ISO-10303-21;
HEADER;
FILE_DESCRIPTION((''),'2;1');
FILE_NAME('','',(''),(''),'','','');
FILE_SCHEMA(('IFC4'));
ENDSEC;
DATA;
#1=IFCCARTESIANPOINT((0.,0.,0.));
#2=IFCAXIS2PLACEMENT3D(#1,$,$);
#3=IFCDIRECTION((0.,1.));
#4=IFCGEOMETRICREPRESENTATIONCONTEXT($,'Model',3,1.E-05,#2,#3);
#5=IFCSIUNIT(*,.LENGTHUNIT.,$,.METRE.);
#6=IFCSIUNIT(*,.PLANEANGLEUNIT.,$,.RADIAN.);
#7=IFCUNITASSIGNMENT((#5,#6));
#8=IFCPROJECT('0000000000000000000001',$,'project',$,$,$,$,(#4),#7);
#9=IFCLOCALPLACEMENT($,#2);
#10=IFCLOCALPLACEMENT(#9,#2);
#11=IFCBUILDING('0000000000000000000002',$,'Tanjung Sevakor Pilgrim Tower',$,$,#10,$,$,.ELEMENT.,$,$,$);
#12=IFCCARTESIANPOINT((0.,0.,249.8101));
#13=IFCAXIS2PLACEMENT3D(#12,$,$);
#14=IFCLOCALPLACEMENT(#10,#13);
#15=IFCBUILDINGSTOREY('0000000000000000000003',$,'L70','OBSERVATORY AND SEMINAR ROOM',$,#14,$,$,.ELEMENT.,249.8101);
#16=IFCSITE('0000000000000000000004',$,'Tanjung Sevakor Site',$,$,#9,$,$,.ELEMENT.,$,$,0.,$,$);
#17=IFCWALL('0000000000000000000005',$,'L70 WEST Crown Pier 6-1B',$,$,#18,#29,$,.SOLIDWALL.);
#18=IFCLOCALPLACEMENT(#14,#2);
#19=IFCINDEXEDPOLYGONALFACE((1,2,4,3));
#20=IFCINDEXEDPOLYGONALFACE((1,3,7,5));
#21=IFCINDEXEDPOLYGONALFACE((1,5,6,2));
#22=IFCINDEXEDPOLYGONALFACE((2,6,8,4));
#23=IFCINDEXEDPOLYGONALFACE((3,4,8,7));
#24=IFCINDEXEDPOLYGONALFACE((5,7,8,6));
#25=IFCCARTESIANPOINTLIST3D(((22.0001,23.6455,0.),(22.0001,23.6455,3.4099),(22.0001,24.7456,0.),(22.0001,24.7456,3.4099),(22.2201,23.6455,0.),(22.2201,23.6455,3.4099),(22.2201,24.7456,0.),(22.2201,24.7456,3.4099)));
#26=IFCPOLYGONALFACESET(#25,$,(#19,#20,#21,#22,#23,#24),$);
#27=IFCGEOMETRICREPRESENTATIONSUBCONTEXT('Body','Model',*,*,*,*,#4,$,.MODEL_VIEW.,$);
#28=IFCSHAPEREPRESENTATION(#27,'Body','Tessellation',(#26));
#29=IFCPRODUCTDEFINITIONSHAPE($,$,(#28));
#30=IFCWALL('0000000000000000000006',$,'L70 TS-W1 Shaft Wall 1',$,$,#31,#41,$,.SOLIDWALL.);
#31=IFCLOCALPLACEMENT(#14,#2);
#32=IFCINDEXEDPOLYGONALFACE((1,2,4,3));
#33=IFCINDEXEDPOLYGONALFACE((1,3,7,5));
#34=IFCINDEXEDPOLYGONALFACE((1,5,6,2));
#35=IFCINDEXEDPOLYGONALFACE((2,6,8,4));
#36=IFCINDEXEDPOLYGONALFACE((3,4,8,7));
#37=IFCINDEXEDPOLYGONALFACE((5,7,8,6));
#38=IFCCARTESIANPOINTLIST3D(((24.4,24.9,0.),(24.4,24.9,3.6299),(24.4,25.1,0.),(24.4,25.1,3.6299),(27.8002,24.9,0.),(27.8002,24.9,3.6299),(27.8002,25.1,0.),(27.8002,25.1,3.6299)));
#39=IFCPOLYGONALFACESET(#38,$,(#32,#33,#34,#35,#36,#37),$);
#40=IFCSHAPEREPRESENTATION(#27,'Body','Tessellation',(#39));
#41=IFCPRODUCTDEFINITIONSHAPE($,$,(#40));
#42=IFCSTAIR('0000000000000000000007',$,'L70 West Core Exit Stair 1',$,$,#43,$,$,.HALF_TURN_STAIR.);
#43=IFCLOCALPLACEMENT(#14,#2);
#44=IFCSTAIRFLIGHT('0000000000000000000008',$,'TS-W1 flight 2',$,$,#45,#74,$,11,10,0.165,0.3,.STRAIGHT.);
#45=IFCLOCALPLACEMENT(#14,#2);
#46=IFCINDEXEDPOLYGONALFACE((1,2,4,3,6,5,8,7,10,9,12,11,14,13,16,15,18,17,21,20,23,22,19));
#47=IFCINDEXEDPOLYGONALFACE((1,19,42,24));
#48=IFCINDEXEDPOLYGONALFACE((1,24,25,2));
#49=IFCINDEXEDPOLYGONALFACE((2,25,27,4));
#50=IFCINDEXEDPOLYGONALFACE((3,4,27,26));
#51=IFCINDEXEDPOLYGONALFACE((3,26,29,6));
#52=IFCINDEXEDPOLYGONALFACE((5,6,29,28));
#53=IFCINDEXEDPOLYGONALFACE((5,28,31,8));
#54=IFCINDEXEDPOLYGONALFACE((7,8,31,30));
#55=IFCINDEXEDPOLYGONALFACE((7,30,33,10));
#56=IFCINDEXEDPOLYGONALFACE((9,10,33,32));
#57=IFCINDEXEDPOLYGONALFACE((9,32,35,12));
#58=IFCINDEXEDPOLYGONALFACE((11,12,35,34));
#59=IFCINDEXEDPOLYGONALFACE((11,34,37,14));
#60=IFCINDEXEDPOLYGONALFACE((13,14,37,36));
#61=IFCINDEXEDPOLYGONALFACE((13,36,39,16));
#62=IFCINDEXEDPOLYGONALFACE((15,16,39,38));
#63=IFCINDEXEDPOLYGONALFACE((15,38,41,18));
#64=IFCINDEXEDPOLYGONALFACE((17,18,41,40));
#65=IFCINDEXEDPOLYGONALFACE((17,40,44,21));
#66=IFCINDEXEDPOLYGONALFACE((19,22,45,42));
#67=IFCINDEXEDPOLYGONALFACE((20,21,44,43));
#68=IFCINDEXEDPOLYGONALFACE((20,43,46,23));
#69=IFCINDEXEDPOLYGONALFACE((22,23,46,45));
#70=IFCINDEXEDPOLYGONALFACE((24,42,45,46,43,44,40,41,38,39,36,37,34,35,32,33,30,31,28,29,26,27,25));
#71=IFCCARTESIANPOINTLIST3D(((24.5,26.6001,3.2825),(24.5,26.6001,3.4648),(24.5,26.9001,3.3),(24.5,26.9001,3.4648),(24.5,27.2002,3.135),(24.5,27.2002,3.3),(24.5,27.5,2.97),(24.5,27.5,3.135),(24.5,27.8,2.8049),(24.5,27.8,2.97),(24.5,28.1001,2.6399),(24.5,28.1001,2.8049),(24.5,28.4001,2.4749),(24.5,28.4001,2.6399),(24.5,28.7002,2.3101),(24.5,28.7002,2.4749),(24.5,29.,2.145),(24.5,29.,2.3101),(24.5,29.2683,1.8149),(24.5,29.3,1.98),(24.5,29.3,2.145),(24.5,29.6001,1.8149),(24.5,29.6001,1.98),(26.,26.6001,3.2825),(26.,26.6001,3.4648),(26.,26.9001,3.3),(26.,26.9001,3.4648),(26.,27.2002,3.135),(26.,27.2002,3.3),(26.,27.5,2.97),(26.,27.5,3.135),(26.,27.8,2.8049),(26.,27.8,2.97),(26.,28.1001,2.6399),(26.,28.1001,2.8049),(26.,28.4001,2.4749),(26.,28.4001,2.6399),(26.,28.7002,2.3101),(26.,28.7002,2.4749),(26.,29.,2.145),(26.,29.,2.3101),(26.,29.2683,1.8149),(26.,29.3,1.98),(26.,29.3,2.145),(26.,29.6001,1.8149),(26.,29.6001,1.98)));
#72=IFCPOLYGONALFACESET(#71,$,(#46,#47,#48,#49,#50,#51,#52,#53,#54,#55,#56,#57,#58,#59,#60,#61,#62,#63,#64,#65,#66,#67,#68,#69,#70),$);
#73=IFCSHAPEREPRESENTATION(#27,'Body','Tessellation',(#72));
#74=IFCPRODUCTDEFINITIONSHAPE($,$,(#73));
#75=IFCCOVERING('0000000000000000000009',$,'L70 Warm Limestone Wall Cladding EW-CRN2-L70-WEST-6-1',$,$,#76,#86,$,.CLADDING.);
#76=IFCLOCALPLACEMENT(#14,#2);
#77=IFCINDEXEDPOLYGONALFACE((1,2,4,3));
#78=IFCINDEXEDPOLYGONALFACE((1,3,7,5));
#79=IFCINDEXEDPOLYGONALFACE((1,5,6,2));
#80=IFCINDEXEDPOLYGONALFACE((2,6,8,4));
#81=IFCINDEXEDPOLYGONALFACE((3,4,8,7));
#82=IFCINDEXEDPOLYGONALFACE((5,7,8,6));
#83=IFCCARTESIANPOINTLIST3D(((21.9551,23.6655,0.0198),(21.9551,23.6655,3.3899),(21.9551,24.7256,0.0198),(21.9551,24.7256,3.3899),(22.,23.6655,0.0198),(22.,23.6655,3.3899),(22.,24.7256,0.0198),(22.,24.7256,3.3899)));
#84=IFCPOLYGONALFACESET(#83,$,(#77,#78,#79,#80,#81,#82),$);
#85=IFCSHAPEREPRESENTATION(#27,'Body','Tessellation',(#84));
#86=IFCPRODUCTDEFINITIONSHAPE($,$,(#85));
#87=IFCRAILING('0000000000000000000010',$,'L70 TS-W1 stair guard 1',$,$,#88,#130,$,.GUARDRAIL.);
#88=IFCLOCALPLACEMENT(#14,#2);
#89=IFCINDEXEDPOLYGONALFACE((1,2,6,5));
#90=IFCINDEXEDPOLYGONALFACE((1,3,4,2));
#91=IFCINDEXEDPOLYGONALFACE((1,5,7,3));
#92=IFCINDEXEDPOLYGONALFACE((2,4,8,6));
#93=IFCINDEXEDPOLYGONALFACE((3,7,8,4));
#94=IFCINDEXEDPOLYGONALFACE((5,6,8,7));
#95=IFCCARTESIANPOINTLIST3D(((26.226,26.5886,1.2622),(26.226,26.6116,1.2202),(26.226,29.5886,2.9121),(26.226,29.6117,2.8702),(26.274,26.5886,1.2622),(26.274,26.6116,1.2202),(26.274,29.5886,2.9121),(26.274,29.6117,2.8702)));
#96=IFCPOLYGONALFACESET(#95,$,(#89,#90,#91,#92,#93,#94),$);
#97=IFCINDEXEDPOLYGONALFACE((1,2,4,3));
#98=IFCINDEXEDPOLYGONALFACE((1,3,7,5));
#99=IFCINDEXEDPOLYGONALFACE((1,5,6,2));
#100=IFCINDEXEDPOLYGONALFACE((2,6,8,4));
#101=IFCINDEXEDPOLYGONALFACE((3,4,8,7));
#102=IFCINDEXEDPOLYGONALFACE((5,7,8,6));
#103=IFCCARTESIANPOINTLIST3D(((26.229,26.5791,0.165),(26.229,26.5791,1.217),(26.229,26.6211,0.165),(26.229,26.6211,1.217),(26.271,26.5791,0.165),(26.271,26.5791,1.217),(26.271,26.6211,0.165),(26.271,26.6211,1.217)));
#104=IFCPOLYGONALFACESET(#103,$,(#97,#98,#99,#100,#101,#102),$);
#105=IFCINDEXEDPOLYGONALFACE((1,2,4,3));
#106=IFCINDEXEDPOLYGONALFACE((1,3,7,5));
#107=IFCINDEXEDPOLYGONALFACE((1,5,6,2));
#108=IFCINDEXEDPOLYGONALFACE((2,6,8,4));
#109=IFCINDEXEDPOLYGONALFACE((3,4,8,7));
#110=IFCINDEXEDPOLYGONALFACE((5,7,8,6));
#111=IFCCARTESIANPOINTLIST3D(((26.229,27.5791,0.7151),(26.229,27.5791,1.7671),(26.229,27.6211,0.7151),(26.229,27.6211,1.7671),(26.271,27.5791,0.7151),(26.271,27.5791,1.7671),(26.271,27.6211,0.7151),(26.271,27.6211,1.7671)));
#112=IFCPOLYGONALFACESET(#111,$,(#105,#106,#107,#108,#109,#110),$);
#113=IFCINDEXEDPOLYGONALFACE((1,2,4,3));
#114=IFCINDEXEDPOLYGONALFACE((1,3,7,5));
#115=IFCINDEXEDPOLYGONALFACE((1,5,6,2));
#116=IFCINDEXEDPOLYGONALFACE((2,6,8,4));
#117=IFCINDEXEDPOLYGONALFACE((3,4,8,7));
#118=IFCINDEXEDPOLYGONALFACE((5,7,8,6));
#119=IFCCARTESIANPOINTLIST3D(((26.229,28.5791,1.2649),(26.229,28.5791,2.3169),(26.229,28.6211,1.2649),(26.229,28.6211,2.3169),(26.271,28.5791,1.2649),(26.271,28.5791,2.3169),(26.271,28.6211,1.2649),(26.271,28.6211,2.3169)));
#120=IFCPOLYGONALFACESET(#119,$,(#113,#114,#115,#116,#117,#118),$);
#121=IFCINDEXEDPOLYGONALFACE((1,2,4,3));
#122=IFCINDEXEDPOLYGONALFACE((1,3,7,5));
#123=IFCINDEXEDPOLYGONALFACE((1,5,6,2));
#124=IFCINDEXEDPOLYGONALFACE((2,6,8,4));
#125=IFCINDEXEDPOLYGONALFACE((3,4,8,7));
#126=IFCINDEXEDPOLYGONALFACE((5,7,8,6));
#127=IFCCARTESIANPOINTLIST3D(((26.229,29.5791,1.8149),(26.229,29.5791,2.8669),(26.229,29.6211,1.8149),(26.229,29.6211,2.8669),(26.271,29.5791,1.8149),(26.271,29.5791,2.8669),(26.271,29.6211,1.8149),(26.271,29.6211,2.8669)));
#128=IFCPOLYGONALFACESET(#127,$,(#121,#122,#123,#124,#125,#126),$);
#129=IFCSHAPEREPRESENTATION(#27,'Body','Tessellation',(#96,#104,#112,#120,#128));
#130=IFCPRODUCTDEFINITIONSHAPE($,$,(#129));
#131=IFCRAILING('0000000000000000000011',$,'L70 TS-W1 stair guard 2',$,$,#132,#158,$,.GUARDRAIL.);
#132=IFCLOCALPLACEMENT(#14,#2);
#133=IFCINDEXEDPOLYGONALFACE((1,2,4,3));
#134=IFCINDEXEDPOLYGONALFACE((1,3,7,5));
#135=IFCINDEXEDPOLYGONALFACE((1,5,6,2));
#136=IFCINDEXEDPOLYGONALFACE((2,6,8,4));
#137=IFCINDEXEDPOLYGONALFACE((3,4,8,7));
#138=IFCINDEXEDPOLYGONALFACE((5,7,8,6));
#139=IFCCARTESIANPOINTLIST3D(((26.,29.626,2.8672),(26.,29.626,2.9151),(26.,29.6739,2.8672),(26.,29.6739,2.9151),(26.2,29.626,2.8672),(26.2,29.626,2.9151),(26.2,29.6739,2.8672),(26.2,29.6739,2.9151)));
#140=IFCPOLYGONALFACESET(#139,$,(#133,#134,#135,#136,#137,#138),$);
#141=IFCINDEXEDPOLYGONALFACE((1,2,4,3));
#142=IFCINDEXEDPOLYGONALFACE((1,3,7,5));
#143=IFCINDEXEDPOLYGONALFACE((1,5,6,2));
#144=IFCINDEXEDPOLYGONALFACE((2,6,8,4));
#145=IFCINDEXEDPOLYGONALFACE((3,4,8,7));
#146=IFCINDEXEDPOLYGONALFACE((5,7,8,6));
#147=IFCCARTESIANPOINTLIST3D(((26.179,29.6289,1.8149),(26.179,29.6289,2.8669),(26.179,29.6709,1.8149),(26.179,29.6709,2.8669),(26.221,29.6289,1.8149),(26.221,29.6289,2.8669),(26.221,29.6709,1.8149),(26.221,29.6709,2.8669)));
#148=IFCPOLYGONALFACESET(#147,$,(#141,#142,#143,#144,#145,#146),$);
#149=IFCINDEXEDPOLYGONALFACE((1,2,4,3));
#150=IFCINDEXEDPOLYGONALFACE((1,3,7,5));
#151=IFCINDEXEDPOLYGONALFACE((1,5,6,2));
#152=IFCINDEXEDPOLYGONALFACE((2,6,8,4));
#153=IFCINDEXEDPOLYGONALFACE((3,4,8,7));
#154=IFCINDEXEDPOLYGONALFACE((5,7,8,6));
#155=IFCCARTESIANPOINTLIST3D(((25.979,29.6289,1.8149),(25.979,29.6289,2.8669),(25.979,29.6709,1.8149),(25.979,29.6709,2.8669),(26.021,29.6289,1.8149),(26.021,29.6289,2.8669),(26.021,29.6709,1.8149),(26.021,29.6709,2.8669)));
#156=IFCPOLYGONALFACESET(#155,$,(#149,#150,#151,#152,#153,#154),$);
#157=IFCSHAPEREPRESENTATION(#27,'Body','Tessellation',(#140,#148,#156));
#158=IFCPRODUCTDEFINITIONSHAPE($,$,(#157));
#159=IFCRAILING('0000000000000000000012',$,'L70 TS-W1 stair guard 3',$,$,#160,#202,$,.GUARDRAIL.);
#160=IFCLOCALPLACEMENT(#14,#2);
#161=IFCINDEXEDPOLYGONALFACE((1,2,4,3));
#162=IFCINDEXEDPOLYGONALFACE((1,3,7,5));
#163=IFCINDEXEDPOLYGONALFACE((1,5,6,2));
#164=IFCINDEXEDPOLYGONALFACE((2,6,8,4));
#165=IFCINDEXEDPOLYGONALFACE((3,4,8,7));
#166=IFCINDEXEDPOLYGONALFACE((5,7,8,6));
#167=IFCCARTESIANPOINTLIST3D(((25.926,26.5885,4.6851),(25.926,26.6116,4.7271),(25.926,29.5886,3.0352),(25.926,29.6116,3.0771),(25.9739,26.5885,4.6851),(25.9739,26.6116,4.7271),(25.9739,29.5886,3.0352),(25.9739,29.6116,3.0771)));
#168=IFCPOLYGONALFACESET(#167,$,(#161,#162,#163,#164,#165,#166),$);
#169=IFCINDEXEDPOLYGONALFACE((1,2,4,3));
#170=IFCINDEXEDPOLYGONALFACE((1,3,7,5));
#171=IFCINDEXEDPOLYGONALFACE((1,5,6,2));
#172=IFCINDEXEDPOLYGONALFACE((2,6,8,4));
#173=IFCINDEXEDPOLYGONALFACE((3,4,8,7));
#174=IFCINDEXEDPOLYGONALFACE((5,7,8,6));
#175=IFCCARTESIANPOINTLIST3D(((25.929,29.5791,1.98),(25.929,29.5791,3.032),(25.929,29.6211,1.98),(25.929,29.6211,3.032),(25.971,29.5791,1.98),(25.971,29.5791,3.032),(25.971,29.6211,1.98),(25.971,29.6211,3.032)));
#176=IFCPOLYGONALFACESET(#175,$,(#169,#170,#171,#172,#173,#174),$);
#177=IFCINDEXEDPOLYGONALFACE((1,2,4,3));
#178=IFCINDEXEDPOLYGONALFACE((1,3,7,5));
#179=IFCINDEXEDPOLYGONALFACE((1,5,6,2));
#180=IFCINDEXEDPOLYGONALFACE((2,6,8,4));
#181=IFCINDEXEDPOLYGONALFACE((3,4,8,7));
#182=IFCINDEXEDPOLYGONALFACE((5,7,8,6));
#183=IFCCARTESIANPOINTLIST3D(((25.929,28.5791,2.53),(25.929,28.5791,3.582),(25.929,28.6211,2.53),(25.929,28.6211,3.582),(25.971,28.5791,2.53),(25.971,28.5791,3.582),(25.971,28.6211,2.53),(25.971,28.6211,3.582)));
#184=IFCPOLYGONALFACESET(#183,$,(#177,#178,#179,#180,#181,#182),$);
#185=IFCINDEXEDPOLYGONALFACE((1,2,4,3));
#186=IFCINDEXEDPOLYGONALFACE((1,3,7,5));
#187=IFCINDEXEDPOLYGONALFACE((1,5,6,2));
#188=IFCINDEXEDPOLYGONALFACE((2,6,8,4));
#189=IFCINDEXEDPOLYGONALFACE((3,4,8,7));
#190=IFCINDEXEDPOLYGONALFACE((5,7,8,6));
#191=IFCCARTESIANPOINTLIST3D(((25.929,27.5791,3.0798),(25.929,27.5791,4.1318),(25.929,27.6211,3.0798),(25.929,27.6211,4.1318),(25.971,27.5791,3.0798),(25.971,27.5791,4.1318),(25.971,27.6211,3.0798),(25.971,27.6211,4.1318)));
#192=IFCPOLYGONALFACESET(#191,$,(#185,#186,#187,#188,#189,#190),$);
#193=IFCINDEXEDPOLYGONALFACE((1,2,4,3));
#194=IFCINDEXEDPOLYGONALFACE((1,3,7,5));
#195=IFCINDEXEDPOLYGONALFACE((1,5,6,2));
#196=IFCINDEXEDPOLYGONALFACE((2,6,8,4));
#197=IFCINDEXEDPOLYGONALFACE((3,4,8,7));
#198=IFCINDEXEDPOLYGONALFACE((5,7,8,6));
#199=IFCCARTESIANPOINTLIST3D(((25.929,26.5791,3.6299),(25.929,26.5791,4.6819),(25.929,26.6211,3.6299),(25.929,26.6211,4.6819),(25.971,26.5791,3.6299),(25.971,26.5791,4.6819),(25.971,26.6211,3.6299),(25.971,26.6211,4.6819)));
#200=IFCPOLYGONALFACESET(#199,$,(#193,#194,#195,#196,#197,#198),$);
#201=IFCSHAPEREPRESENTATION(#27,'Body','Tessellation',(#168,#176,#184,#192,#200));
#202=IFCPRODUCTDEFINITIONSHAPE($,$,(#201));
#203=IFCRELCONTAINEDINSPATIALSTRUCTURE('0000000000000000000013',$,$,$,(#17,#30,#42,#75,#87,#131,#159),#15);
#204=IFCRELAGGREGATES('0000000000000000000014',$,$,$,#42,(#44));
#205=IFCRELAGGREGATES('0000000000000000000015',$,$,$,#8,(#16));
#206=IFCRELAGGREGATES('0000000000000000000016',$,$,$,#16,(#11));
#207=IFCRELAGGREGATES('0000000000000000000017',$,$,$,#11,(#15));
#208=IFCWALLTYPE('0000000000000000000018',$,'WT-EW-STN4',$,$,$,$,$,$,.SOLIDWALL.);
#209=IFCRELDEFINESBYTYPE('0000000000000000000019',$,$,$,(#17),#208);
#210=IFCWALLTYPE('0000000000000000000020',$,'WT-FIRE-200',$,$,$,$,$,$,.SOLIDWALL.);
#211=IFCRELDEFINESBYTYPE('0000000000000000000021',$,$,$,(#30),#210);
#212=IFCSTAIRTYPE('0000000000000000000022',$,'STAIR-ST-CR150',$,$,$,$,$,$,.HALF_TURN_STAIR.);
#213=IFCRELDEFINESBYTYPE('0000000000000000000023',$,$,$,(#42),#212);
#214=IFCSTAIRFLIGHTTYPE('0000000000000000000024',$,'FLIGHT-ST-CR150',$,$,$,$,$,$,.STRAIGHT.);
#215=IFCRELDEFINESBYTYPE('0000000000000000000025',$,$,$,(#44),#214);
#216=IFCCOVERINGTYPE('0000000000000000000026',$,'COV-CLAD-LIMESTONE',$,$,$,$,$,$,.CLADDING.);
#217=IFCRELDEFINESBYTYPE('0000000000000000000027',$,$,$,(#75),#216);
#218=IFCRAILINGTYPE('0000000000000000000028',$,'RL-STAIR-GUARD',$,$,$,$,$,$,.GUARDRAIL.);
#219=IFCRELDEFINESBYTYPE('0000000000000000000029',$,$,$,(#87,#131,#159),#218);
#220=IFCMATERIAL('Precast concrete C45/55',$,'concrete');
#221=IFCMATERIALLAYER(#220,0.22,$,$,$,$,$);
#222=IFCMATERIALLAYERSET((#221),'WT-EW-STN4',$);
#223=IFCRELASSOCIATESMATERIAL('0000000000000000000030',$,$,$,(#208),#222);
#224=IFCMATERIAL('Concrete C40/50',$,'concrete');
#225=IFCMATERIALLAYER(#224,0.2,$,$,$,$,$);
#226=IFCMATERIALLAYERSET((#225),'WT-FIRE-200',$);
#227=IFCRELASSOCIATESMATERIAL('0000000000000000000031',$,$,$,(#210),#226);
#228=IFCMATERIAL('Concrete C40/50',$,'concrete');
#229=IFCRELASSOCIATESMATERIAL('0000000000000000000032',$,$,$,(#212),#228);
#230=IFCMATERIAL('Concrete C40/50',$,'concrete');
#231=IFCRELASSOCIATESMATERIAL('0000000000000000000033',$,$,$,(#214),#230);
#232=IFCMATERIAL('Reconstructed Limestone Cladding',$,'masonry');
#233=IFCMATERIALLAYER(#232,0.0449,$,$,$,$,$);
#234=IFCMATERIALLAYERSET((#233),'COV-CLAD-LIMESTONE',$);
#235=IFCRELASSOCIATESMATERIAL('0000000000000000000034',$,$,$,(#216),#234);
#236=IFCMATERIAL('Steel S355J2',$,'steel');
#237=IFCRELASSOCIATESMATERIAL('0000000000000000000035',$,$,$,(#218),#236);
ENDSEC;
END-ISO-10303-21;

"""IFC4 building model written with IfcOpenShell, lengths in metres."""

from ifc_helpers import new_model, si_unit, direction, frame, frame_2d, origin, origin_2d, place, context, subcontext, project, spatial, polyline, rectangle, outline, extrude, material, layer, layer_set, type_object, element, aggregate, save


model = new_model("IFC4")

# Units and contexts
model_context = context("Model", 3, precision=1e-05, world=origin(), true_north=direction((0.0, 1.0)))
body_context = subcontext(model_context, "Body", "Model", "MODEL_VIEW")
ifc_project = project(units=[si_unit("LENGTHUNIT", "METRE"), si_unit("PLANEANGLEUNIT", "RADIAN")], contexts=[model_context])

# Site, building, storey
site_placement = place(None, origin())
site = spatial("IfcSite", under=ifc_project, at=site_placement, Name="Tanjung Sevakor Site", CompositionType="ELEMENT", RefElevation=0.0)
building_placement = place(site_placement, origin())
building = spatial("IfcBuilding", under=site, at=building_placement, Name="Tanjung Sevakor Pilgrim Tower", CompositionType="ELEMENT")
storey_placement = place(building_placement, frame((0.0, 0.0, 249.8101)))
storey = spatial("IfcBuildingStorey", under=building, at=storey_placement, Name="L70", Description="OBSERVATORY AND SEMINAR ROOM", CompositionType="ELEMENT", Elevation=249.8101)

# Walls
ifc_material_1 = material(Name="Precast concrete C45/55", Category="concrete")
ifc_layer_1 = layer(ifc_material_1, 0.22)
ifc_layer_set_1 = layer_set([ifc_layer_1], Name="WT-EW-STN4")
wall_type_1 = type_object("IfcWallType", Name="WT-EW-STN4", PredefinedType="SOLIDWALL", material=ifc_layer_set_1)
wall_1_placement = place(storey_placement, frame((22.1101, 24.7456, 0.0), z_axis=(0.0, 0.0, 1.0), x_axis=(0.0, -1.0, 0.0)))
element("IfcWall", 1, at=wall_1_placement, inside=storey, type_object=wall_type_1, Name="L70 WEST Crown Pier 6-1B", PredefinedType="SOLIDWALL", context=body_context, shape_type="SweptSolid", body=[
    extrude(rectangle(XDim=1.1001, YDim=0.22, at=frame_2d((0.55, 0.0))), origin(), (0.0, 0.0, 1.0), 3.4099),
])
ifc_material_2 = material(Name="Concrete C40/50", Category="concrete")
ifc_layer_2 = layer(ifc_material_2, 0.2)
ifc_layer_set_2 = layer_set([ifc_layer_2], Name="WT-FIRE-200")
wall_type_2 = type_object("IfcWallType", Name="WT-FIRE-200", PredefinedType="SOLIDWALL", material=ifc_layer_set_2)
wall_2_placement = place(storey_placement, frame((24.3999, 25.0, 0.0), z_axis=(0.0, 0.0, 1.0), x_axis=(1.0, 0.0, 0.0)))
element("IfcWall", 2, at=wall_2_placement, inside=storey, type_object=wall_type_2, Name="L70 TS-W1 Shaft Wall 1", PredefinedType="SOLIDWALL", context=body_context, shape_type="SweptSolid", body=[
    extrude(rectangle(XDim=3.4001, YDim=0.2, at=frame_2d((1.7002, 0.0))), origin(), (0.0, 0.0, 1.0), 3.6299),
])

# Stair, stair flight
ifc_material_3 = material(Name="Concrete C40/50", Category="concrete")
stair_type = type_object("IfcStairType", Name="STAIR-ST-CR150", PredefinedType="HALF_TURN_STAIR", material=ifc_material_3)
stair_placement = place(storey_placement, origin())
stair = element("IfcStair", 3, at=stair_placement, inside=storey, type_object=stair_type, Name="L70 West Core Exit Stair 1", PredefinedType="HALF_TURN_STAIR")
ifc_material_4 = material(Name="Concrete C40/50", Category="concrete")
stair_flight_type = type_object("IfcStairFlightType", Name="FLIGHT-ST-CR150", PredefinedType="STRAIGHT", material=ifc_material_4)
stair_flight_placement = place(storey_placement, frame((25.25, 29.6001, 1.8149), z_axis=(0.0, 0.0, 1.0), x_axis=(0.0, -1.0, 0.0)))
stair_flight = element("IfcStairFlight", 4, at=stair_flight_placement, type_object=stair_flight_type, Name="TS-W1 flight 2", NumberOfRisers=11, NumberOfTreads=10, PredefinedType="STRAIGHT", RiserHeight=0.165, TreadLength=0.3, context=body_context, shape_type="SweptSolid", body=[
    extrude(outline(polyline([(0.0, 0.0), (0.0, 0.165), (0.3, 0.165), (0.3, 0.3301), (0.6001, 0.3301), (0.6001, 0.4951), (0.8999, 0.4951), (0.8999, 0.6599), (1.2, 0.6599), (1.2, 0.825), (1.5, 0.825), (1.5, 0.99), (1.8, 0.99), (1.8, 1.155), (2.1001, 1.155), (2.1001, 1.3201), (2.3999, 1.3201), (2.3999, 1.4851), (2.7, 1.4851), (2.7, 1.6499), (3.0, 1.6499), (3.0, 1.8149), (3.0, 1.4675), (0.3318, 0.0), (0.0, 0.0)])), frame((0.0, 0.75, 0.0), z_axis=(0.0, -1.0, 0.0), x_axis=(1.0, 0.0, 0.0)), (0.0, 0.0, 1.0), 1.5),
])
aggregate(stair, [stair_flight])

# Covering
ifc_material_5 = material(Name="Reconstructed Limestone Cladding", Category="masonry")
ifc_layer_3 = layer(ifc_material_5, 0.0449)
ifc_layer_set_3 = layer_set([ifc_layer_3], Name="COV-CLAD-LIMESTONE")
covering_type = type_object("IfcCoveringType", Name="COV-CLAD-LIMESTONE", PredefinedType="CLADDING", material=ifc_layer_set_3)
covering_placement = place(storey_placement, frame((21.9775, 24.1956, 0.0198), z_axis=(0.0, 0.0, 1.0), x_axis=(0.0, -1.0, 0.0)))
element("IfcCovering", 5, at=covering_placement, inside=storey, type_object=covering_type, Name="L70 Warm Limestone Wall Cladding EW-CRN2-L70-WEST-6-1", PredefinedType="CLADDING", context=body_context, shape_type="SweptSolid", body=[
    extrude(rectangle(XDim=1.0601, YDim=0.0449, at=origin_2d()), origin(), (0.0, 0.0, 1.0), 3.3701),
])

# Railings
ifc_material_6 = material(Name="Steel S355J2", Category="steel")
railing_type_1 = type_object("IfcRailingType", Name="RL-STAIR-GUARD", PredefinedType="GUARDRAIL", material=ifc_material_6)
railing_1_placement = place(storey_placement, frame((26.25, 26.6001, 0.165)))
element("IfcRailing", 6, at=railing_1_placement, inside=storey, type_object=railing_type_1, Name="L70 TS-W1 stair guard 1", PredefinedType="GUARDRAIL", context=body_context, shape_type="SweptSolid", body=[
    extrude(rectangle(XDim=0.0479, YDim=0.0479), frame((0.0, 0.0, 1.0762), z_axis=(0.0, 0.876228, 0.481897), x_axis=(-1.0, 0.0, 0.0)), (0.0, 0.0, 1.0), 3.4238),
    extrude(rectangle(XDim=0.042, YDim=0.042), origin(), (0.0, 0.0, 1.0), 1.052),
    extrude(rectangle(XDim=0.042, YDim=0.042), frame((0.0, 1.0, 0.55)), (0.0, 0.0, 1.0), 1.052),
    extrude(rectangle(XDim=0.042, YDim=0.042), frame((0.0, 2.0, 1.0999)), (0.0, 0.0, 1.0), 1.052),
    extrude(rectangle(XDim=0.042, YDim=0.042), frame((0.0, 3.0, 1.6499)), (0.0, 0.0, 1.0), 1.052),
])
railing_2_placement = place(storey_placement, frame((26.2, 29.6499, 1.8149)))
element("IfcRailing", 7, at=railing_2_placement, inside=storey, type_object=railing_type_1, Name="L70 TS-W1 stair guard 2", PredefinedType="GUARDRAIL", context=body_context, shape_type="SweptSolid", body=[
    extrude(rectangle(XDim=0.0479, YDim=0.0479), frame((0.0, 0.0, 1.0762), z_axis=(-1.0, 0.0, 0.0), x_axis=(0.0, -1.0, 0.0)), (0.0, 0.0, 1.0), 0.2),
    extrude(rectangle(XDim=0.042, YDim=0.042), origin(), (0.0, 0.0, 1.0), 1.052),
    extrude(rectangle(XDim=0.042, YDim=0.042), frame((-0.2, 0.0, 0.0)), (0.0, 0.0, 1.0), 1.052),
])
railing_3_placement = place(storey_placement, frame((25.95, 29.6001, 1.98)))
element("IfcRailing", 8, at=railing_3_placement, inside=storey, type_object=railing_type_1, Name="L70 TS-W1 stair guard 3", PredefinedType="GUARDRAIL", context=body_context, shape_type="SweptSolid", body=[
    extrude(rectangle(XDim=0.0479, YDim=0.0479), frame((0.0, 0.0, 1.0762), z_axis=(0.0, -0.876228, 0.481897), x_axis=(1.0, 0.0, 0.0)), (0.0, 0.0, 1.0), 3.4238),
    extrude(rectangle(XDim=0.042, YDim=0.042), origin(), (0.0, 0.0, 1.0), 1.052),
    extrude(rectangle(XDim=0.042, YDim=0.042), frame((0.0, -1.0, 0.55)), (0.0, 0.0, 1.0), 1.052),
    extrude(rectangle(XDim=0.042, YDim=0.042), frame((0.0, -2.0, 1.0999)), (0.0, 0.0, 1.0), 1.052),
    extrude(rectangle(XDim=0.042, YDim=0.042), frame((0.0, -3.0, 1.6499)), (0.0, 0.0, 1.0), 1.052),
])

save(model, "model.ifc")
